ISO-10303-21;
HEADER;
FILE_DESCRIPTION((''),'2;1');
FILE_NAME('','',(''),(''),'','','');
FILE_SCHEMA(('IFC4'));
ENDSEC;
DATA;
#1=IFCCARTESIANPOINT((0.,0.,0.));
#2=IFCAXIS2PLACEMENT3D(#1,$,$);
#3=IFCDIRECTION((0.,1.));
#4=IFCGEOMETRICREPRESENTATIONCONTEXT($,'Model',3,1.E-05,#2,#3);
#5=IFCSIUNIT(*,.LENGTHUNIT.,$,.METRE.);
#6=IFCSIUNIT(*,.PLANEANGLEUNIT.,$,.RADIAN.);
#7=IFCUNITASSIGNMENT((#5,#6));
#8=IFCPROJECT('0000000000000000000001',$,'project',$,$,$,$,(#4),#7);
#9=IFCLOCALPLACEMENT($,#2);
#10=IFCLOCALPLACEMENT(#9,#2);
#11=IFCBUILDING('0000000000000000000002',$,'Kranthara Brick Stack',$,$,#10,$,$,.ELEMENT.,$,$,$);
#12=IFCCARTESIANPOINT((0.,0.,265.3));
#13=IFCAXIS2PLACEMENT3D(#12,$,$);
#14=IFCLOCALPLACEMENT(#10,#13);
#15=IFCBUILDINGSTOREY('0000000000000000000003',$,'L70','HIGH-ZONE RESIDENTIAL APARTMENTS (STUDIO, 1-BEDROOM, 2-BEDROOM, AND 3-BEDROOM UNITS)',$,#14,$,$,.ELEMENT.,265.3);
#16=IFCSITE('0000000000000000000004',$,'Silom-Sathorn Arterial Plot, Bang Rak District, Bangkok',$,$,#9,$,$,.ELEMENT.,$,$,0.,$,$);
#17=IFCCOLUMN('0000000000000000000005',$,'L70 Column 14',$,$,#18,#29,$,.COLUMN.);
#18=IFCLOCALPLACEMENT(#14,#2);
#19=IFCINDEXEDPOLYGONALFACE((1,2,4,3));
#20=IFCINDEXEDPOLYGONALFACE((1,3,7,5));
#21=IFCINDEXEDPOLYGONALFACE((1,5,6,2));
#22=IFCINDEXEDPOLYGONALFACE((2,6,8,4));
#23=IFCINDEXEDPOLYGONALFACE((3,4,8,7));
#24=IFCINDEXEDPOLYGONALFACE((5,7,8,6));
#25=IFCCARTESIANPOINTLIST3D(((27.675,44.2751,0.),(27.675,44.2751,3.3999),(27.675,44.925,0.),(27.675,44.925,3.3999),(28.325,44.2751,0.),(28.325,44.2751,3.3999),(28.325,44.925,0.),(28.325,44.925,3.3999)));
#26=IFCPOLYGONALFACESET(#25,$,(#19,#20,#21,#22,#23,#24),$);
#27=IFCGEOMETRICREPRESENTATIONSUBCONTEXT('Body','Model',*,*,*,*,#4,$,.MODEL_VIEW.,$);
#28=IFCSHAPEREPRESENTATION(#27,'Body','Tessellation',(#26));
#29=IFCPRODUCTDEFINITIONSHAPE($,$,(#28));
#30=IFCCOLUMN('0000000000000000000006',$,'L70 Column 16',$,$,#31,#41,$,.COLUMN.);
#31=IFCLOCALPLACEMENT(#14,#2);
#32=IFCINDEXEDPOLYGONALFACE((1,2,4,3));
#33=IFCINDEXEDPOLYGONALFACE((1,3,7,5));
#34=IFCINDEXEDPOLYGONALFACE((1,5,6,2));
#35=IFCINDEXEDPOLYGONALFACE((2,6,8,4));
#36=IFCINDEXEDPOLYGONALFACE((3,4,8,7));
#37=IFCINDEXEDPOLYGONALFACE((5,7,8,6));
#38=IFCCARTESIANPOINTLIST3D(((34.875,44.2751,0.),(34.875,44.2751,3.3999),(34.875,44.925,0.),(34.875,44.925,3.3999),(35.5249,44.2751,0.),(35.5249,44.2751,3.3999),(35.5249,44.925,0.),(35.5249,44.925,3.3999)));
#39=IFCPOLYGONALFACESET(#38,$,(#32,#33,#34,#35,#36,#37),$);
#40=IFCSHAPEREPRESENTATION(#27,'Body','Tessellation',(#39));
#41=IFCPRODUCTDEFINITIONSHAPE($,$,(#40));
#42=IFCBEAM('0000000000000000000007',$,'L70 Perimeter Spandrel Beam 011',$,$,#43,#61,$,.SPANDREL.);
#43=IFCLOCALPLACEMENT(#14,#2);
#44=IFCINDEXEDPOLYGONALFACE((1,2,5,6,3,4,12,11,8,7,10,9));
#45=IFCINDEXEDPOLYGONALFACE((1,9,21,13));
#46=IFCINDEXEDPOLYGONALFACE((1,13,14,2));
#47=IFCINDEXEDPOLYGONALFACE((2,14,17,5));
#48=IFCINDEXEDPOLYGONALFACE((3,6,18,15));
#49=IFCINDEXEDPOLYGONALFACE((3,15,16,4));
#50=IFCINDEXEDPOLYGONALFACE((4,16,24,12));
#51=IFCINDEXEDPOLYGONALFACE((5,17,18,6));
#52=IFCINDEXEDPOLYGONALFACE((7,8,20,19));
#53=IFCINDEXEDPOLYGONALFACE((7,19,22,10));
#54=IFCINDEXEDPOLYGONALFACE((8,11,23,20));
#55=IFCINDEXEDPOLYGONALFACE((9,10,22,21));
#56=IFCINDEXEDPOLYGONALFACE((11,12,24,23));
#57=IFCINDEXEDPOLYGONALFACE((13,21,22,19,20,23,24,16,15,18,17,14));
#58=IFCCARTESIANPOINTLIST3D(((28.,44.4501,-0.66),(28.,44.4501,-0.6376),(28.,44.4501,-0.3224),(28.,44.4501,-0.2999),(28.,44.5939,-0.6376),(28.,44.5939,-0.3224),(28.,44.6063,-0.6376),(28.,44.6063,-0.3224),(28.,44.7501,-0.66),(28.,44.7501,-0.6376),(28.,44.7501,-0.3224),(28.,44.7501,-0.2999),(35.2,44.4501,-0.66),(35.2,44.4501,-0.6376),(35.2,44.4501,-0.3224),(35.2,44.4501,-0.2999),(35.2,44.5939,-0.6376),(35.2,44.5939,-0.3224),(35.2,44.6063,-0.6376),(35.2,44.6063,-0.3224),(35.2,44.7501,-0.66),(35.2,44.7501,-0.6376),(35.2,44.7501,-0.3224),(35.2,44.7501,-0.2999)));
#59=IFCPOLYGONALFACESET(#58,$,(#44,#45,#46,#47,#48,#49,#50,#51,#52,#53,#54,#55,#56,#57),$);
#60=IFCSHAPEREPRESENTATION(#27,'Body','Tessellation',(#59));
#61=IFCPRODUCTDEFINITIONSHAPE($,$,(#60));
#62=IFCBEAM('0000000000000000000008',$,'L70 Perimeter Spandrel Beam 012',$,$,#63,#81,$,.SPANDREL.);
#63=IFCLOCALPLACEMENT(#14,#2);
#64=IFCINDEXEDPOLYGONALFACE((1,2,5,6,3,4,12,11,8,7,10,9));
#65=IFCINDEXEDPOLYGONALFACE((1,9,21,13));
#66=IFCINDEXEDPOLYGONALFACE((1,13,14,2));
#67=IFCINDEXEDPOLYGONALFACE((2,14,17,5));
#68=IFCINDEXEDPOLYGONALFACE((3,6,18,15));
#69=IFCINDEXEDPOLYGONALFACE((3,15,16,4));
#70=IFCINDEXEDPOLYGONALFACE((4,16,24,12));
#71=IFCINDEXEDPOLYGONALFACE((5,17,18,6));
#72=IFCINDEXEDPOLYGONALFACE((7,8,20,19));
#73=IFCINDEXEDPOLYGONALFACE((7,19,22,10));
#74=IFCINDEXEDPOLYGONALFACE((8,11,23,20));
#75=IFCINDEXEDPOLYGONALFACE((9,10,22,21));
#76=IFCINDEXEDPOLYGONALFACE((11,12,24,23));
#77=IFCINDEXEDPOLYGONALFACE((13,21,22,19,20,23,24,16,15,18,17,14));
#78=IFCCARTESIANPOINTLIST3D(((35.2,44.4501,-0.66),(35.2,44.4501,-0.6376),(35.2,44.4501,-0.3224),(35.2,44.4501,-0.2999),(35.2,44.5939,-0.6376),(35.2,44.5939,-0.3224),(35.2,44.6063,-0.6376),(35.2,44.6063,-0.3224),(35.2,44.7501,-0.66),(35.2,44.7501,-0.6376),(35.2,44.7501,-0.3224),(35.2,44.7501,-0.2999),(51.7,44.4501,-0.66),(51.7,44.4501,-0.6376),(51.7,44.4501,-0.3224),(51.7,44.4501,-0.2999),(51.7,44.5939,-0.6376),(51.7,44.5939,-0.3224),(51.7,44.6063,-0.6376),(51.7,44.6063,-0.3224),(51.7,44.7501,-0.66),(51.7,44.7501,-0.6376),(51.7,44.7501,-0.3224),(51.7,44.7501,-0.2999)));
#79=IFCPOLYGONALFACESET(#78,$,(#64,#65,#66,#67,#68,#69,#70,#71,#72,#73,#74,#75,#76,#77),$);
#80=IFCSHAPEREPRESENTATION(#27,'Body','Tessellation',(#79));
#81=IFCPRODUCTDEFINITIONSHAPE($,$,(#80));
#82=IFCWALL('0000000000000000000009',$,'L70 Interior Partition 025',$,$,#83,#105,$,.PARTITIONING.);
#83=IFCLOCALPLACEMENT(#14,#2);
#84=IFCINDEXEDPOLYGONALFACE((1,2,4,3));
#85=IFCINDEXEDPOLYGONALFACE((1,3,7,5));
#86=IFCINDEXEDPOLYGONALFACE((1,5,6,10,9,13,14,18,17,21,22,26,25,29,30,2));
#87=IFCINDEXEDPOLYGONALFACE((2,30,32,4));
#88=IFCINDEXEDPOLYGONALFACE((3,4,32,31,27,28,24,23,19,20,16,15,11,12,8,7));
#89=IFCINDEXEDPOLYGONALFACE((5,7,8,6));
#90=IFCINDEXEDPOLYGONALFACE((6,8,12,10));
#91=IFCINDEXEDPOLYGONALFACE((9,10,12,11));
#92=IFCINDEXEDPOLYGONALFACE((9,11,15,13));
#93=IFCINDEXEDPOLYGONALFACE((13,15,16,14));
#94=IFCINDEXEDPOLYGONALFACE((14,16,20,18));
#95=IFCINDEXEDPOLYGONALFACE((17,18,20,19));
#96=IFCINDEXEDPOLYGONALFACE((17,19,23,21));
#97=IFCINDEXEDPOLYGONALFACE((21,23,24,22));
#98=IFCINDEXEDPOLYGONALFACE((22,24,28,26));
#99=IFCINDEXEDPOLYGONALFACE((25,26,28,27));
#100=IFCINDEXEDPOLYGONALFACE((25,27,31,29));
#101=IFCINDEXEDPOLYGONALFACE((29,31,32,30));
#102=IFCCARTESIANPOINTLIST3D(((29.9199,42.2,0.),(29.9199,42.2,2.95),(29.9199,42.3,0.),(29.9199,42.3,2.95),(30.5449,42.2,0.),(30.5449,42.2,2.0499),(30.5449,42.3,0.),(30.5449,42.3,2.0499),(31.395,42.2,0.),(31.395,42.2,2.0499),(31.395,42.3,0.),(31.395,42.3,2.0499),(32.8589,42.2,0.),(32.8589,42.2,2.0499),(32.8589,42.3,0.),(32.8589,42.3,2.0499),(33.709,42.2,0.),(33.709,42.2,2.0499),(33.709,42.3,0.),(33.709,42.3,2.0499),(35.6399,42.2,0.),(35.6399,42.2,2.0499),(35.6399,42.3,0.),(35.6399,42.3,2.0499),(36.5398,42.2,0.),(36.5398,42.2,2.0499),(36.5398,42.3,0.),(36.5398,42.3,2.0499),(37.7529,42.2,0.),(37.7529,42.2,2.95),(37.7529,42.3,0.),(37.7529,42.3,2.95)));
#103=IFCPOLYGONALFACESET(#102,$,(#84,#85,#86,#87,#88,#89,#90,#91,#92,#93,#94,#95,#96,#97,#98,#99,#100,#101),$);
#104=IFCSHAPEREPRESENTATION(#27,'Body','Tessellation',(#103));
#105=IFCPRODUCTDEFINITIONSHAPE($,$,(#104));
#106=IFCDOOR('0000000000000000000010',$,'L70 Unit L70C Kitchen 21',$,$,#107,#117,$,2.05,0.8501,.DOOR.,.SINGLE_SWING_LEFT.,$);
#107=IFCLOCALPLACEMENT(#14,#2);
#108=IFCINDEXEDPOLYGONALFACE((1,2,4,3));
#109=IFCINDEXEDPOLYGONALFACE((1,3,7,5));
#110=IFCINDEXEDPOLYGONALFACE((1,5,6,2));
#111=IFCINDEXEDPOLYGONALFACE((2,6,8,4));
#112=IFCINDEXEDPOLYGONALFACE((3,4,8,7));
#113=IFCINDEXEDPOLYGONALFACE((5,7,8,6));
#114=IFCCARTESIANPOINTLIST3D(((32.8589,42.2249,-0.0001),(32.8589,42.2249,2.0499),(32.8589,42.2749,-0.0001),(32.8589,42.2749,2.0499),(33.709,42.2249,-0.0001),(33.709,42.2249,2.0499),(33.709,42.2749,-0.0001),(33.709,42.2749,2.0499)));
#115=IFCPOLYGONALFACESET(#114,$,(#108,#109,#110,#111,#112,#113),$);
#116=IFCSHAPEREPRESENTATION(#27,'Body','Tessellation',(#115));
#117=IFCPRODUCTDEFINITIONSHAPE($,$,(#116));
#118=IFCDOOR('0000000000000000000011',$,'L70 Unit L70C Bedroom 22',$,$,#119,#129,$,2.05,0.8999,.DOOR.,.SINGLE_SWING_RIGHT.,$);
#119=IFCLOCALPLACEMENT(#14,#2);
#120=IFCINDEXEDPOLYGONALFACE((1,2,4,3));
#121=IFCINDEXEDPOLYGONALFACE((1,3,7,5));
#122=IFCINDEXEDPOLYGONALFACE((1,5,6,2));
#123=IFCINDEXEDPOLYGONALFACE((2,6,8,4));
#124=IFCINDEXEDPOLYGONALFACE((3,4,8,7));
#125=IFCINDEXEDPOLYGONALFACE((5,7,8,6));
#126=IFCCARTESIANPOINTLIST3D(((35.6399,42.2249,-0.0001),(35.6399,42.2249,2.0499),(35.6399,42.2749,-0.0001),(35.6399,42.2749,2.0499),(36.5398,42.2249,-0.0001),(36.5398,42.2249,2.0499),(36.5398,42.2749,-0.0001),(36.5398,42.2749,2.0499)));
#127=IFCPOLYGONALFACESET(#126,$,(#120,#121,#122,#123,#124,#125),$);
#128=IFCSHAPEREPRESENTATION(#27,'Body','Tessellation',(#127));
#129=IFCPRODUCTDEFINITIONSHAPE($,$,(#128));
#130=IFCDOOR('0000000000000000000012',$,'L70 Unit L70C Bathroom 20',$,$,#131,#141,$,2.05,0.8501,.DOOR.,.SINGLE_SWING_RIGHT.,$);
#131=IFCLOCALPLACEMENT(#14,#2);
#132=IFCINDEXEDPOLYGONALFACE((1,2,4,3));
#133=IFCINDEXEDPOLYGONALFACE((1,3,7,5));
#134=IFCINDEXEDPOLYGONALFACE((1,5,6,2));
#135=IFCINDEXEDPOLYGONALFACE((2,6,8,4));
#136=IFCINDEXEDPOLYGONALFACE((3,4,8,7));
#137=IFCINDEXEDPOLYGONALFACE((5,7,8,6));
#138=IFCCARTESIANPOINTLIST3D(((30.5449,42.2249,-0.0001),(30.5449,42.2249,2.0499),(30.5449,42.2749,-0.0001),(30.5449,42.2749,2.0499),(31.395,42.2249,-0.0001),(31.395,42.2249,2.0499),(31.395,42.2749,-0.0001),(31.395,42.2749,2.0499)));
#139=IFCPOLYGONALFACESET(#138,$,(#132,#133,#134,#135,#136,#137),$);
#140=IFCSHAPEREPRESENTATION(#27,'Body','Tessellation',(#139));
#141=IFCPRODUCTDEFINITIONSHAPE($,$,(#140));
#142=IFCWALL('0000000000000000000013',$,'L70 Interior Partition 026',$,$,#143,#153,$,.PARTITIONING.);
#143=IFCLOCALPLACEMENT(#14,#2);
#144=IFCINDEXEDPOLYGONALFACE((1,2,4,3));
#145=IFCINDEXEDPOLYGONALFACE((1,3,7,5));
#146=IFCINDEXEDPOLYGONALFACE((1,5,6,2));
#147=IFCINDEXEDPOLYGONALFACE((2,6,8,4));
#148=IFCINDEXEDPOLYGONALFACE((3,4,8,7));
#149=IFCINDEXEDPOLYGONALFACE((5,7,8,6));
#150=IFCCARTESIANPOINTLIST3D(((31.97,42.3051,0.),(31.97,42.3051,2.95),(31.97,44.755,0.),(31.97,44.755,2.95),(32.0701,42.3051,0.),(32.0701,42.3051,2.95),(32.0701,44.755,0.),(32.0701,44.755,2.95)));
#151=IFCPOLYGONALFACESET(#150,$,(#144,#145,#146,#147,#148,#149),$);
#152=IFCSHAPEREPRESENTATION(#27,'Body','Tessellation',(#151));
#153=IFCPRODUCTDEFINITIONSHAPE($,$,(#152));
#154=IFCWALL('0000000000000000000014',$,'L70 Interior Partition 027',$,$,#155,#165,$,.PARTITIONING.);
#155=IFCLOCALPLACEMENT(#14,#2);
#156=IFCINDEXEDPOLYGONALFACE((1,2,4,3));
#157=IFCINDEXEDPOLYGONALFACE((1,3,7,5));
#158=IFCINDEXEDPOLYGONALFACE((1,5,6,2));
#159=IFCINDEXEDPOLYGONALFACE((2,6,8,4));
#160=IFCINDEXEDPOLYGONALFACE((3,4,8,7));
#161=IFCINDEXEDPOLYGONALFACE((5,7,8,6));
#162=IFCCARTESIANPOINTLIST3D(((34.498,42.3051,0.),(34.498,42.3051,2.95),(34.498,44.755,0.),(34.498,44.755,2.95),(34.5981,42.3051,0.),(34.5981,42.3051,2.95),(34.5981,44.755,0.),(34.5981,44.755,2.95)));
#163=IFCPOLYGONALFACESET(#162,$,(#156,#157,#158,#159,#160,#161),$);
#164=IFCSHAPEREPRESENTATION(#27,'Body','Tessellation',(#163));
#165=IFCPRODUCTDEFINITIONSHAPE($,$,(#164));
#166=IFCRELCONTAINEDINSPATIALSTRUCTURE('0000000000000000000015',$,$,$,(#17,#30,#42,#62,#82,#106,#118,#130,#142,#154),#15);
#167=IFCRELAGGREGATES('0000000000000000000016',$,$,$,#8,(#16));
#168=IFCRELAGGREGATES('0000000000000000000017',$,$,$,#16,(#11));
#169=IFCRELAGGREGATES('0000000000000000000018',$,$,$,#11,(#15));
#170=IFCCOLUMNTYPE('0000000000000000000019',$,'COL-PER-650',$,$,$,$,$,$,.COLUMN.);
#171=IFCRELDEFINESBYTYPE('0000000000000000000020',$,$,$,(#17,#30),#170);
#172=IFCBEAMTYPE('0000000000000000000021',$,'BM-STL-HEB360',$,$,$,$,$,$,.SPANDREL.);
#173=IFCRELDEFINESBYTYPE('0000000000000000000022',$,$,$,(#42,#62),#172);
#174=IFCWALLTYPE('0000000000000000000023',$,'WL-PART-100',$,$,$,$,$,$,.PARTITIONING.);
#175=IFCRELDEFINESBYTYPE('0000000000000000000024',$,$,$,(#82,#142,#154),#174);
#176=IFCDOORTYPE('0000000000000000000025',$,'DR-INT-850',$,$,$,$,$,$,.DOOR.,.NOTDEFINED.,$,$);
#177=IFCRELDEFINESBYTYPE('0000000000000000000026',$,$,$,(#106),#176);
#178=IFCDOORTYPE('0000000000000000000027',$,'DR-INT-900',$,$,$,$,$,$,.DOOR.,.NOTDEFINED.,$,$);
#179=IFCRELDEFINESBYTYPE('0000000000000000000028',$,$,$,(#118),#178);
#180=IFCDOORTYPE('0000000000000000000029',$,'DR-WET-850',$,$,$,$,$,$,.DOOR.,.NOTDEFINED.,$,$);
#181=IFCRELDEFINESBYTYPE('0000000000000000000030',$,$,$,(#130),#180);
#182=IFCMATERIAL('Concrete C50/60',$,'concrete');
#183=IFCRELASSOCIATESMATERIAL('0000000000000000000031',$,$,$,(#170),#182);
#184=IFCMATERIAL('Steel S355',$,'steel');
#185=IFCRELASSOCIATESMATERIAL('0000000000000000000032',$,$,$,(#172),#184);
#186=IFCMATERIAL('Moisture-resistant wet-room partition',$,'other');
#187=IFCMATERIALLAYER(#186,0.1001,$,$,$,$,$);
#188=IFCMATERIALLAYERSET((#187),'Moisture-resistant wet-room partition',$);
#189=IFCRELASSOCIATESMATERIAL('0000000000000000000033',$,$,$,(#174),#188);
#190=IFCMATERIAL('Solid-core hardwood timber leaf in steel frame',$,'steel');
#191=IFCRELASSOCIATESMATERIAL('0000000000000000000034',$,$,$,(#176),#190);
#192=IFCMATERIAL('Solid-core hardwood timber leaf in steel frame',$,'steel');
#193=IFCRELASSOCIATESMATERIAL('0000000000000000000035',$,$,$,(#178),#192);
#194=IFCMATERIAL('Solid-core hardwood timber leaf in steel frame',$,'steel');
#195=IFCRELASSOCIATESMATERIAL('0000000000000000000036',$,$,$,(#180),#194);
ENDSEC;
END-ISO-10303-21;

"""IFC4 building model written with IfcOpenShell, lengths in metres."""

from ifc_helpers import new_model, si_unit, direction, frame, frame_2d, origin, origin_2d, place, context, subcontext, project, spatial, rectangle, i_section, extrude, material, layer, layer_set, material_profile, profile_set, type_object, element, fill, save


model = new_model("IFC4")

# Units and contexts
model_context = context("Model", 3, precision=1e-05, world=origin(), true_north=direction((0.0, 1.0)))
body_context = subcontext(model_context, "Body", "Model", "MODEL_VIEW")
ifc_project = project(units=[si_unit("LENGTHUNIT", "METRE"), si_unit("PLANEANGLEUNIT", "RADIAN")], contexts=[model_context])

# Site, building, storey
site_placement = place(None, origin())
site = spatial("IfcSite", under=ifc_project, at=site_placement, Name="Silom-Sathorn Arterial Plot, Bang Rak District, Bangkok", CompositionType="ELEMENT", RefElevation=0.0)
building_placement = place(site_placement, origin())
building = spatial("IfcBuilding", under=site, at=building_placement, Name="Kranthara Brick Stack", CompositionType="ELEMENT")
storey_placement = place(building_placement, frame((0.0, 0.0, 265.3)))
storey = spatial("IfcBuildingStorey", under=building, at=storey_placement, Name="L70", Description="HIGH-ZONE RESIDENTIAL APARTMENTS (STUDIO, 1-BEDROOM, 2-BEDROOM, AND 3-BEDROOM UNITS)", CompositionType="ELEMENT", Elevation=265.3)

# Columns
ifc_material_1 = material(Name="Concrete C50/60", Category="concrete")
ifc_material_profile_1 = material_profile(ifc_material_1, rectangle(XDim=0.6499, YDim=0.6499, at=origin_2d()), Name="RC 650x650")
ifc_profile_set_1 = profile_set([ifc_material_profile_1], Name="Concrete C50/60")
column_type = type_object("IfcColumnType", Name="COL-PER-650", PredefinedType="COLUMN", material=ifc_profile_set_1)
for number, where, z_axis, x_axis, name in (
    (1, (28.0, 44.6001, 0.0), (0.0, 0.0, 1.0), (1.0, 0.0, 0.0), "L70 Column 14"),
    (2, (35.2, 44.6001, 0.0), (0.0, 0.0, 1.0), (1.0, 0.0, 0.0), "L70 Column 16"),
):
    element("IfcColumn", number, at=place(storey_placement, frame(where, z_axis=z_axis, x_axis=x_axis)), inside=storey, type_object=column_type, Name=name, PredefinedType="COLUMN", context=body_context, shape_type="SweptSolid", body=[
        extrude(rectangle(XDim=0.6499, YDim=0.6499, at=origin_2d()), origin(), (0.0, 0.0, 1.0), 3.3999),
    ])

# Beams
ifc_material_2 = material(Name="Steel S355", Category="steel")
ifc_material_profile_2 = material_profile(ifc_material_2, i_section(OverallWidth=0.3, OverallDepth=0.3601, WebThickness=0.0125, FlangeThickness=0.0225, at=origin_2d()), Name="HEB 360")
ifc_profile_set_2 = profile_set([ifc_material_profile_2], Name="Steel S355")
beam_type = type_object("IfcBeamType", Name="BM-STL-HEB360", PredefinedType="SPANDREL", material=ifc_profile_set_2)
beam_1_placement = place(storey_placement, frame((28.0, 44.6001, -0.48), z_axis=(1.0, 0.0, 0.0), x_axis=(0.0, 1.0, 0.0)))
element("IfcBeam", 3, at=beam_1_placement, inside=storey, type_object=beam_type, Name="L70 Perimeter Spandrel Beam 011", PredefinedType="SPANDREL", context=body_context, shape_type="SweptSolid", body=[
    extrude(i_section(OverallWidth=0.3, OverallDepth=0.3601, WebThickness=0.0125, FlangeThickness=0.0225, at=origin_2d()), origin(), (0.0, 0.0, 1.0), 7.2),
])
beam_2_placement = place(storey_placement, frame((35.2, 44.6001, -0.48), z_axis=(1.0, 0.0, 0.0), x_axis=(0.0, 1.0, 0.0)))
element("IfcBeam", 4, at=beam_2_placement, inside=storey, type_object=beam_type, Name="L70 Perimeter Spandrel Beam 012", PredefinedType="SPANDREL", context=body_context, shape_type="SweptSolid", body=[
    extrude(i_section(OverallWidth=0.3, OverallDepth=0.3601, WebThickness=0.0125, FlangeThickness=0.0225, at=origin_2d()), origin(), (0.0, 0.0, 1.0), 16.5),
])

# Wall, openings, doors
ifc_material_3 = material(Name="Moisture-resistant wet-room partition", Category="other")
ifc_layer_1 = layer(ifc_material_3, 0.1001)
ifc_layer_set_1 = layer_set([ifc_layer_1], Name="Moisture-resistant wet-room partition")
wall_type_1 = type_object("IfcWallType", Name="WL-PART-100", PredefinedType="PARTITIONING", material=ifc_layer_set_1)
wall_1_placement = place(storey_placement, frame((29.9199, 42.25, 0.0), z_axis=(0.0, 0.0, 1.0), x_axis=(1.0, 0.0, 0.0)))
wall_1 = element("IfcWall", 5, at=wall_1_placement, inside=storey, type_object=wall_type_1, Name="L70 Interior Partition 025", PredefinedType="PARTITIONING", context=body_context, shape_type="SweptSolid", body=[
    extrude(rectangle(XDim=7.833, YDim=0.1001, at=frame_2d((3.9165, 0.0))), origin(), (0.0, 0.0, 1.0), 2.95),
])
opening_1_placement = place(wall_1_placement, frame((0.625, 0.0, 0.0)))
opening_1 = element("IfcOpeningElement", 6, at=opening_1_placement, cuts=wall_1, PredefinedType="OPENING", context=body_context, shape_type="SweptSolid", body=[
    extrude(rectangle(XDim=0.8501, YDim=2.05, at=frame_2d((0.425, 1.0249))), frame((0.0, 0.0601, 0.0), z_axis=(0.0, -1.0, 0.0), x_axis=(1.0, 0.0, 0.0)), (0.0, 0.0, 1.0), 0.1201),
])
opening_2_placement = place(wall_1_placement, frame((2.939, 0.0, 0.0)))
opening_2 = element("IfcOpeningElement", 7, at=opening_2_placement, cuts=wall_1, PredefinedType="OPENING", context=body_context, shape_type="SweptSolid", body=[
    extrude(rectangle(XDim=0.8501, YDim=2.05, at=frame_2d((0.425, 1.0249))), frame((0.0, 0.0601, 0.0), z_axis=(0.0, -1.0, 0.0), x_axis=(1.0, 0.0, 0.0)), (0.0, 0.0, 1.0), 0.1201),
])
opening_3_placement = place(wall_1_placement, frame((5.72, 0.0, 0.0)))
opening_3 = element("IfcOpeningElement", 8, at=opening_3_placement, cuts=wall_1, PredefinedType="OPENING", context=body_context, shape_type="SweptSolid", body=[
    extrude(rectangle(XDim=0.8999, YDim=2.05, at=frame_2d((0.45, 1.0249))), frame((0.0, 0.0601, 0.0), z_axis=(0.0, -1.0, 0.0), x_axis=(1.0, 0.0, 0.0)), (0.0, 0.0, 1.0), 0.1201),
])
ifc_material_4 = material(Name="Solid-core hardwood timber leaf in steel frame", Category="steel")
door_type_1 = type_object("IfcDoorType", Name="DR-INT-850", OperationType="NOTDEFINED", PredefinedType="DOOR", material=ifc_material_4)
door_1_placement = place(opening_2_placement, origin())
door_1 = element("IfcDoor", 9, at=door_1_placement, inside=storey, type_object=door_type_1, Name="L70 Unit L70C Kitchen 21", OperationType="SINGLE_SWING_LEFT", OverallHeight=2.05, OverallWidth=0.8501, PredefinedType="DOOR", context=body_context, shape_type="SweptSolid", body=[
    extrude(rectangle(XDim=0.8501, YDim=2.05, at=frame_2d((0.425, 1.0249))), frame((0.0, 0.0249, 0.0), z_axis=(0.0, -1.0, 0.0), x_axis=(1.0, 0.0, 0.0)), (0.0, 0.0, 1.0), 0.05),
])
fill(opening_2, door_1)
ifc_material_5 = material(Name="Solid-core hardwood timber leaf in steel frame", Category="steel")
door_type_2 = type_object("IfcDoorType", Name="DR-INT-900", OperationType="NOTDEFINED", PredefinedType="DOOR", material=ifc_material_5)
door_2_placement = place(opening_3_placement, origin())
door_2 = element("IfcDoor", 10, at=door_2_placement, inside=storey, type_object=door_type_2, Name="L70 Unit L70C Bedroom 22", OperationType="SINGLE_SWING_RIGHT", OverallHeight=2.05, OverallWidth=0.8999, PredefinedType="DOOR", context=body_context, shape_type="SweptSolid", body=[
    extrude(rectangle(XDim=0.8999, YDim=2.05, at=frame_2d((0.45, 1.0249))), frame((0.0, 0.0249, 0.0), z_axis=(0.0, -1.0, 0.0), x_axis=(1.0, 0.0, 0.0)), (0.0, 0.0, 1.0), 0.05),
])
fill(opening_3, door_2)
ifc_material_6 = material(Name="Solid-core hardwood timber leaf in steel frame", Category="steel")
door_type_3 = type_object("IfcDoorType", Name="DR-WET-850", OperationType="NOTDEFINED", PredefinedType="DOOR", material=ifc_material_6)
door_3_placement = place(opening_1_placement, origin())
door_3 = element("IfcDoor", 11, at=door_3_placement, inside=storey, type_object=door_type_3, Name="L70 Unit L70C Bathroom 20", OperationType="SINGLE_SWING_RIGHT", OverallHeight=2.05, OverallWidth=0.8501, PredefinedType="DOOR", context=body_context, shape_type="SweptSolid", body=[
    extrude(rectangle(XDim=0.8501, YDim=2.05, at=frame_2d((0.425, 1.0249))), frame((0.0, 0.0249, 0.0), z_axis=(0.0, -1.0, 0.0), x_axis=(1.0, 0.0, 0.0)), (0.0, 0.0, 1.0), 0.05),
])
fill(opening_1, door_3)

# Walls
for number, where, z_axis, x_axis, name in (
    (12, (32.02, 42.3049, 0.0), (0.0, 0.0, 1.0), (0.0, 1.0, 0.0), "L70 Interior Partition 026"),
    (13, (34.5481, 42.3049, 0.0), (0.0, 0.0, 1.0), (0.0, 1.0, 0.0), "L70 Interior Partition 027"),
):
    element("IfcWall", number, at=place(storey_placement, frame(where, z_axis=z_axis, x_axis=x_axis)), inside=storey, type_object=wall_type_1, Name=name, PredefinedType="PARTITIONING", context=body_context, shape_type="SweptSolid", body=[
        extrude(rectangle(XDim=2.45, YDim=0.1001, at=frame_2d((1.2251, 0.0))), origin(), (0.0, 0.0, 1.0), 2.95),
    ])

save(model, "model.ifc")
